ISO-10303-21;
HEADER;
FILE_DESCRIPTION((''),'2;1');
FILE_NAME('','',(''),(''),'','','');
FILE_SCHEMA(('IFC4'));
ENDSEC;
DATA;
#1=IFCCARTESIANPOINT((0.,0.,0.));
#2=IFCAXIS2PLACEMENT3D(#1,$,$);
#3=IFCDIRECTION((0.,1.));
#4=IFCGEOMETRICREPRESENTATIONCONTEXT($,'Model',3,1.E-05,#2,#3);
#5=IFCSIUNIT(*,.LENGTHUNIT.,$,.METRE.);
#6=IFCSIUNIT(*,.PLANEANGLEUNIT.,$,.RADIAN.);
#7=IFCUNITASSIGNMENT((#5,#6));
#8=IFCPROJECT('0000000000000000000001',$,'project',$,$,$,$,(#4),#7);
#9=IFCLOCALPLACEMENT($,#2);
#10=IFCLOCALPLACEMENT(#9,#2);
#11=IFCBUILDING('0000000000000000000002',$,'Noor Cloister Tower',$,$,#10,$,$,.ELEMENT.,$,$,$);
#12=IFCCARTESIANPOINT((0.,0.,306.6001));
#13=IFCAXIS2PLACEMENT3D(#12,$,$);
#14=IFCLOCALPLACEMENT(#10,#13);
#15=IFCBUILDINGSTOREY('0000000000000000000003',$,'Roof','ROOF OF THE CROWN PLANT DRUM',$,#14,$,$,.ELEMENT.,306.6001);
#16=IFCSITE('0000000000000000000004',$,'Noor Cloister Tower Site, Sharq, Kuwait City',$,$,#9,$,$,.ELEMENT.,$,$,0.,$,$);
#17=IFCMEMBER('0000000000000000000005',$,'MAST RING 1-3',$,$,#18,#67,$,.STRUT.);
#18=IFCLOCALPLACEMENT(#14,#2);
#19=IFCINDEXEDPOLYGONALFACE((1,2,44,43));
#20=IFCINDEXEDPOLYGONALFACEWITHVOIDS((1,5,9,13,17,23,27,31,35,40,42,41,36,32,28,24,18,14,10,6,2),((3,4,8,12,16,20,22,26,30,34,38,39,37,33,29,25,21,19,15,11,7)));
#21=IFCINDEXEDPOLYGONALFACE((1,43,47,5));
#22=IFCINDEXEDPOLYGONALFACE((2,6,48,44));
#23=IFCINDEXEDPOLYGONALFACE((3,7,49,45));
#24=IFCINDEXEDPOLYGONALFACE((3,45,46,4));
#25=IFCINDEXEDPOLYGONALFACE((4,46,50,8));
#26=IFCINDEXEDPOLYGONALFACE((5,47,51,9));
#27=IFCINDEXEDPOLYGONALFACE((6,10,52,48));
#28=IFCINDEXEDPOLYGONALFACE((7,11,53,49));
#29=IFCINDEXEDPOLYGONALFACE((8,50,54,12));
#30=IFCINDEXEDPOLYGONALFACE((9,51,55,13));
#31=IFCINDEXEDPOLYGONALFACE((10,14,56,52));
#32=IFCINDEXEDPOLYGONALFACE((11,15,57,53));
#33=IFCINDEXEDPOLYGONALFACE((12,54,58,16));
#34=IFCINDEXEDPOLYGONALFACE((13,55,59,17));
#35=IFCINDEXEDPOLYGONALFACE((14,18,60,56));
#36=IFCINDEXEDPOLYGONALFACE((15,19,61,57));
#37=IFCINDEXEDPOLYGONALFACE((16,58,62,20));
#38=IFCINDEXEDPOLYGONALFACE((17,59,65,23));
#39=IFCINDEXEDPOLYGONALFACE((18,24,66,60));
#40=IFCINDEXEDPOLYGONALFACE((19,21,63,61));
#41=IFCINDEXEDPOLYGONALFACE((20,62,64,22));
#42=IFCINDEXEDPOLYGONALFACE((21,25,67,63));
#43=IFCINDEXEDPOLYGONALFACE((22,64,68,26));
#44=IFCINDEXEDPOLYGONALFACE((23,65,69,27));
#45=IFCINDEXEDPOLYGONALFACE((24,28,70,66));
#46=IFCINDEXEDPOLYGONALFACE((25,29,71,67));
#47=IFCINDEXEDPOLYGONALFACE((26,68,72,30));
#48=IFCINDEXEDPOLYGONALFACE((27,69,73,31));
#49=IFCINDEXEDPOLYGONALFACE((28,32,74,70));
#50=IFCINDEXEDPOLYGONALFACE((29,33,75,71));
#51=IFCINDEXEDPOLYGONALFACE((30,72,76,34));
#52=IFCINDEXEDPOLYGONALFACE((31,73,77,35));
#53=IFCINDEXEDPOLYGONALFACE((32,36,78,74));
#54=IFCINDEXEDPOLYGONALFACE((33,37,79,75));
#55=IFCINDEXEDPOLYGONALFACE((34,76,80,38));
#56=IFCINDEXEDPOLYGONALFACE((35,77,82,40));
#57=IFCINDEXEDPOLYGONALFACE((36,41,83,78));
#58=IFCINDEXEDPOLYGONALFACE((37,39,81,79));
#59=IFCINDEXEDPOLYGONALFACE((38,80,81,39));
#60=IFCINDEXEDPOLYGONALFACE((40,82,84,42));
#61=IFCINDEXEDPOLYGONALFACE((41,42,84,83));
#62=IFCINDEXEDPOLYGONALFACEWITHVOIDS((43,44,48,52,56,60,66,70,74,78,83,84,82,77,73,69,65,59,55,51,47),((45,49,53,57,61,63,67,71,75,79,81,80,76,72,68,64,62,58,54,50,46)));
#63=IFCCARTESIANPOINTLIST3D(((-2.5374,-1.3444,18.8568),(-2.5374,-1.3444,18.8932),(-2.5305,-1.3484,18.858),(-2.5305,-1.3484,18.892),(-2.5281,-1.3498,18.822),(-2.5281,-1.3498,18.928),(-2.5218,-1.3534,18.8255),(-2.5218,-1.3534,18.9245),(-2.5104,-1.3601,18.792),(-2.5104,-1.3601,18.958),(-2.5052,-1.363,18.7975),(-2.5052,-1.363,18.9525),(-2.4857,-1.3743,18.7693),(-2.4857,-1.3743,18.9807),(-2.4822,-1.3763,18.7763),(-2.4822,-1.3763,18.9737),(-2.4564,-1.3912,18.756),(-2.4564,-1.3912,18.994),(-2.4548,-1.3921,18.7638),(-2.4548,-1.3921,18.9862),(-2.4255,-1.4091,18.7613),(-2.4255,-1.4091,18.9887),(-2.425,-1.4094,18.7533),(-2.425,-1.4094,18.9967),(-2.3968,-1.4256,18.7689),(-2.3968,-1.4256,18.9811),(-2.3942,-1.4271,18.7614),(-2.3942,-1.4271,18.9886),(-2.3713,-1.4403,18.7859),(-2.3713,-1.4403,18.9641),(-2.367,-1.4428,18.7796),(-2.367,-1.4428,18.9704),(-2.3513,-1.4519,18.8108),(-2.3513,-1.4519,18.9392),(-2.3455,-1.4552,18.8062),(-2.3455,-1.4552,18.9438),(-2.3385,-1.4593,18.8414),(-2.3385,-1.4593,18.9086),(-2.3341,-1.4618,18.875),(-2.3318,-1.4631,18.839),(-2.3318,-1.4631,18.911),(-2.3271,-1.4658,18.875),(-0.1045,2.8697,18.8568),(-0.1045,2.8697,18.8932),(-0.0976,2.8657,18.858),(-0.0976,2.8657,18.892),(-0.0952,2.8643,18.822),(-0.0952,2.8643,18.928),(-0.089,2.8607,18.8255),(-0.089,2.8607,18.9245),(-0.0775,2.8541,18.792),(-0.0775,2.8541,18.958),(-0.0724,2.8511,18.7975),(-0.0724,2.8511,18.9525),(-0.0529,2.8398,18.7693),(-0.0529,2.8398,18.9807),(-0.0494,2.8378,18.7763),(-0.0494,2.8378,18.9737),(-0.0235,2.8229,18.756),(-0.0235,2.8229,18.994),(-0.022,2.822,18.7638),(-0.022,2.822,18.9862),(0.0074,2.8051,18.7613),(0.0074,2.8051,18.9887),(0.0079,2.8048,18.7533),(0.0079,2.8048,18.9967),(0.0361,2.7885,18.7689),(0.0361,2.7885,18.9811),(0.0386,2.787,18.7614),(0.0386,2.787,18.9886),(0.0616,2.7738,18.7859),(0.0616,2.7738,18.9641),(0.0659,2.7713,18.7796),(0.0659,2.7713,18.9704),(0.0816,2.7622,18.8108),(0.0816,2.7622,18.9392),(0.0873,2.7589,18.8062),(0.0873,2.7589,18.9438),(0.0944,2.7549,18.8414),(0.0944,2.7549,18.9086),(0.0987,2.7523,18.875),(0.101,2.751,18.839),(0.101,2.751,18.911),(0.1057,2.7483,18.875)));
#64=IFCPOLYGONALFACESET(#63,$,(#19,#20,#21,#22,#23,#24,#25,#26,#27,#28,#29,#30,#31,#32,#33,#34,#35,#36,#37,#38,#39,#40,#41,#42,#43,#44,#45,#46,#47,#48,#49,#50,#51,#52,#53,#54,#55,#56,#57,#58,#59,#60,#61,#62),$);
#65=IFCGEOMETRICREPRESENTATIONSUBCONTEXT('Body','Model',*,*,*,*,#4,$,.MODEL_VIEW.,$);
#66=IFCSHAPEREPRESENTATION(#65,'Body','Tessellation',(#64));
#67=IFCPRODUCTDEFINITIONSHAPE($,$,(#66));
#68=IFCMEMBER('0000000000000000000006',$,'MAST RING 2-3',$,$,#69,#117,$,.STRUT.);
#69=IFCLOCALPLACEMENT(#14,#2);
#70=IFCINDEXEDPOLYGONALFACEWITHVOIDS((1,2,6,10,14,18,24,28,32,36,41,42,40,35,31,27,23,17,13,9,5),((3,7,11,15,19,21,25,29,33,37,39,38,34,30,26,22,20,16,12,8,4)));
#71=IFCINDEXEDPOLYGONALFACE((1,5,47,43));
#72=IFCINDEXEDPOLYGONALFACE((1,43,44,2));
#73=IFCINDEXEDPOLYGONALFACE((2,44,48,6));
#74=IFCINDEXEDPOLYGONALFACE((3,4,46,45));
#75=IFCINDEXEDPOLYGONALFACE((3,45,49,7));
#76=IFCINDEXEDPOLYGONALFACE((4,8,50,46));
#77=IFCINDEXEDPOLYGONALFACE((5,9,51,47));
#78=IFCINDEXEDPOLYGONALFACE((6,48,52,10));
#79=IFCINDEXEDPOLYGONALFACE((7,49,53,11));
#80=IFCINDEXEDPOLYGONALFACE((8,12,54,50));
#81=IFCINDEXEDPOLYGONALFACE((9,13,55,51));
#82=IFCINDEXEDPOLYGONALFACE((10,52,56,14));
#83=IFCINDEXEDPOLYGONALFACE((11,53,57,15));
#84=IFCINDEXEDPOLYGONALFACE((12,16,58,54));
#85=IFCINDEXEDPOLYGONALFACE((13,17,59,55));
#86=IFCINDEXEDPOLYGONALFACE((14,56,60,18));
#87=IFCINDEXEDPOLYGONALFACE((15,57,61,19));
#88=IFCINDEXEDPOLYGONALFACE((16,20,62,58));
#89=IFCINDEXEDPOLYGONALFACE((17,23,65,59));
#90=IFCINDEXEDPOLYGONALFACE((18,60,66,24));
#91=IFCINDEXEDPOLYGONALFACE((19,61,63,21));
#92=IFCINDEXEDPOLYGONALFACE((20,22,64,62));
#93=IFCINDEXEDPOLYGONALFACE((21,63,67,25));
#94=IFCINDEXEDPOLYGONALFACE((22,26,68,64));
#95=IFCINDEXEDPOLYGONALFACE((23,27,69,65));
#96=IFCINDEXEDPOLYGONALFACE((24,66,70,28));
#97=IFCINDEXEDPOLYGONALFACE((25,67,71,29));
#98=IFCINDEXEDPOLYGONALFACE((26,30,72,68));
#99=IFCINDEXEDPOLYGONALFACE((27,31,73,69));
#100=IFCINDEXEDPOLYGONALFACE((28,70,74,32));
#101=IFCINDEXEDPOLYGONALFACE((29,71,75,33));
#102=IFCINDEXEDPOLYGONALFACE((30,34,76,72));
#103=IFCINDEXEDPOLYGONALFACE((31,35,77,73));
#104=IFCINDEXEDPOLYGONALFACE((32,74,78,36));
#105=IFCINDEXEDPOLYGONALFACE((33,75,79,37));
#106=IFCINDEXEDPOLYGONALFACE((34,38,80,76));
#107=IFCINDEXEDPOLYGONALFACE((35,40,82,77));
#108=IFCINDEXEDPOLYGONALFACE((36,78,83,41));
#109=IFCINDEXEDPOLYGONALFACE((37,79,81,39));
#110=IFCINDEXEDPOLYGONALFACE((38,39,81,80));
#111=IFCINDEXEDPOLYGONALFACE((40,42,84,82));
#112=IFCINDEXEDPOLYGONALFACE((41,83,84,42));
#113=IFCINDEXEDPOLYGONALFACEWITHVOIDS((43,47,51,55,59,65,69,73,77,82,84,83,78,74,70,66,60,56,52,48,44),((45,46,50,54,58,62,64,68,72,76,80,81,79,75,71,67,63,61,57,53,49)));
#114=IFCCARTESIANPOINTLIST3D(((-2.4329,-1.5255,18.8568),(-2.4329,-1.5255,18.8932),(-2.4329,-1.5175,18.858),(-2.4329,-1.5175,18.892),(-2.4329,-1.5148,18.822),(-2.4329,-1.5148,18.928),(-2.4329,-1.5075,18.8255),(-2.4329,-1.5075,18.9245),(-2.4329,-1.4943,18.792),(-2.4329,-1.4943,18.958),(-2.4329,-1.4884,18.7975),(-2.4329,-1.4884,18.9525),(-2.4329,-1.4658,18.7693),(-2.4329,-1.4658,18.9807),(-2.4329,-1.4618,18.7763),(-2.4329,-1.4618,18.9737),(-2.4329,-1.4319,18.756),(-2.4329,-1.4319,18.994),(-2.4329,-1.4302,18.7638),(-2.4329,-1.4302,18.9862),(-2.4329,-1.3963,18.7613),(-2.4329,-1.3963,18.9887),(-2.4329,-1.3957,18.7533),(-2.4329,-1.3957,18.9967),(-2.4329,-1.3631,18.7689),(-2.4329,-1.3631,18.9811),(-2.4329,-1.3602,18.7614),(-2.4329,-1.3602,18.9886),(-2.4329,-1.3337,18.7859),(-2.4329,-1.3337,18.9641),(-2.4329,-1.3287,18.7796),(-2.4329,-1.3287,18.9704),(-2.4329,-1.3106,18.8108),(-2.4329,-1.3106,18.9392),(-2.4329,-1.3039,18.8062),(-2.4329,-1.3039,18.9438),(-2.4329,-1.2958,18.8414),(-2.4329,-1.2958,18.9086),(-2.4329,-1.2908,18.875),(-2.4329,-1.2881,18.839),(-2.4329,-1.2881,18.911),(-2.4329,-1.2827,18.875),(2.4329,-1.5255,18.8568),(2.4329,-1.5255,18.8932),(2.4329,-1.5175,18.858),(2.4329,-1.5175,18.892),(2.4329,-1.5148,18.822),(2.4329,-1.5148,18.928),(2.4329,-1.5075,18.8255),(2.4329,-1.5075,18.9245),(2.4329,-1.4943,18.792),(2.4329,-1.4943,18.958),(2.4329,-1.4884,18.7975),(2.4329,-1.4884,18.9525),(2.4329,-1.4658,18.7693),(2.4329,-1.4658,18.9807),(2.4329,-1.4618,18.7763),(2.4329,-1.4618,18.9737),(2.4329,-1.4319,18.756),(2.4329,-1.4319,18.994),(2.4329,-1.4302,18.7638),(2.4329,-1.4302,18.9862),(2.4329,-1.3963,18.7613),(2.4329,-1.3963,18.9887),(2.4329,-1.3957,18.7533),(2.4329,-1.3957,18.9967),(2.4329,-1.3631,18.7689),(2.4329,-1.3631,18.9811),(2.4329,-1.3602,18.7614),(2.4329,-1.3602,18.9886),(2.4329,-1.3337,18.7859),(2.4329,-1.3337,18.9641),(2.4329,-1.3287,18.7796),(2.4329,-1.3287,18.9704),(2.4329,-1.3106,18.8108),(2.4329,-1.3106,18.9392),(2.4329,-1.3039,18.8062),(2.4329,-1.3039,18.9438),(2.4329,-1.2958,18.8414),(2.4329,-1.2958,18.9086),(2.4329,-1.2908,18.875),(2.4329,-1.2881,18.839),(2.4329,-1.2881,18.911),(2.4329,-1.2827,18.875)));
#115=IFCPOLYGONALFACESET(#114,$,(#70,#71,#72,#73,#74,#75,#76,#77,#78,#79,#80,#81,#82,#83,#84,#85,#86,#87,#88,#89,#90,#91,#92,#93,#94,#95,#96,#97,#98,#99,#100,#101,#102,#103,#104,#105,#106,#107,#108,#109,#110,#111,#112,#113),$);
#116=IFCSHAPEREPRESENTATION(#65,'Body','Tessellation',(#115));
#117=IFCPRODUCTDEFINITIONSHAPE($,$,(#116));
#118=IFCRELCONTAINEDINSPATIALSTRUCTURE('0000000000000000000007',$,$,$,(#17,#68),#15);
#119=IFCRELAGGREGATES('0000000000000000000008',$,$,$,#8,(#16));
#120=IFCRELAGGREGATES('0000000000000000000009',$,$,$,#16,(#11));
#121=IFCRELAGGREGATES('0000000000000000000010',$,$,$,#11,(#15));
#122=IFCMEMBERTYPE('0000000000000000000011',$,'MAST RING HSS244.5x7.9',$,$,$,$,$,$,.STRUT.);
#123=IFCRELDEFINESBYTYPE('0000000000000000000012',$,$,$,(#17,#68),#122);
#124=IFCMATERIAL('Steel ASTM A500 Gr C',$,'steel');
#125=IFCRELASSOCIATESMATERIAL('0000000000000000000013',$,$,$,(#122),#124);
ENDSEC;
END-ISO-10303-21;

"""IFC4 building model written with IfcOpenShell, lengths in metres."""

from ifc_helpers import new_model, si_unit, direction, frame, origin, origin_2d, place, context, subcontext, project, spatial, hollow_circle, extrude, material, material_profile, profile_set, type_object, element, save


model = new_model("IFC4")

# Units and contexts
model_context = context("Model", 3, precision=1e-05, world=origin(), true_north=direction((0.0, 1.0)))
body_context = subcontext(model_context, "Body", "Model", "MODEL_VIEW")
ifc_project = project(units=[si_unit("LENGTHUNIT", "METRE"), si_unit("PLANEANGLEUNIT", "RADIAN")], contexts=[model_context])

# Site, building, storey
site_placement = place(None, origin())
site = spatial("IfcSite", under=ifc_project, at=site_placement, Name="Noor Cloister Tower Site, Sharq, Kuwait City", CompositionType="ELEMENT", RefElevation=0.0)
building_placement = place(site_placement, origin())
building = spatial("IfcBuilding", under=site, at=building_placement, Name="Noor Cloister Tower", CompositionType="ELEMENT")
storey_placement = place(building_placement, frame((0.0, 0.0, 306.6001)))
storey = spatial("IfcBuildingStorey", under=building, at=storey_placement, Name="Roof", Description="ROOF OF THE CROWN PLANT DRUM", CompositionType="ELEMENT", Elevation=306.6001)

# Members
ifc_material_1 = material(Name="Steel ASTM A500 Gr C", Category="steel")
ifc_material_profile_1 = material_profile(ifc_material_1, hollow_circle(Radius=0.1221, WallThickness=0.0081, at=origin_2d()), Name="HSS244.5x7.9")
ifc_profile_set_1 = profile_set([ifc_material_profile_1], Name="Steel ASTM A500 Gr C")
member_type_1 = type_object("IfcMemberType", Name="MAST RING HSS244.5x7.9", PredefinedType="STRUT", material=ifc_profile_set_1)
member_1_placement = place(storey_placement, frame((0.0, 2.8093, 18.875), z_axis=(-0.499976, -0.866039, 0.0), x_axis=(0.866039, -0.499976, 0.0)))
element("IfcMember", 1, at=member_1_placement, inside=storey, type_object=member_type_1, Name="MAST RING 1-3", PredefinedType="STRUT", context=body_context, shape_type="SweptSolid", body=[
    extrude(hollow_circle(Radius=0.1221, WallThickness=0.0081, at=origin_2d()), origin(), (0.0, 0.0, 1.0), 4.866),
])
member_2_placement = place(storey_placement, frame((-2.4329, -1.4048, 18.875), z_axis=(1.0, 0.0, 0.0), x_axis=(0.0, 1.0, 0.0)))
element("IfcMember", 2, at=member_2_placement, inside=storey, type_object=member_type_1, Name="MAST RING 2-3", PredefinedType="STRUT", context=body_context, shape_type="SweptSolid", body=[
    extrude(hollow_circle(Radius=0.1221, WallThickness=0.0081, at=origin_2d()), origin(), (0.0, 0.0, 1.0), 4.8657),
])

save(model, "model.ifc")
